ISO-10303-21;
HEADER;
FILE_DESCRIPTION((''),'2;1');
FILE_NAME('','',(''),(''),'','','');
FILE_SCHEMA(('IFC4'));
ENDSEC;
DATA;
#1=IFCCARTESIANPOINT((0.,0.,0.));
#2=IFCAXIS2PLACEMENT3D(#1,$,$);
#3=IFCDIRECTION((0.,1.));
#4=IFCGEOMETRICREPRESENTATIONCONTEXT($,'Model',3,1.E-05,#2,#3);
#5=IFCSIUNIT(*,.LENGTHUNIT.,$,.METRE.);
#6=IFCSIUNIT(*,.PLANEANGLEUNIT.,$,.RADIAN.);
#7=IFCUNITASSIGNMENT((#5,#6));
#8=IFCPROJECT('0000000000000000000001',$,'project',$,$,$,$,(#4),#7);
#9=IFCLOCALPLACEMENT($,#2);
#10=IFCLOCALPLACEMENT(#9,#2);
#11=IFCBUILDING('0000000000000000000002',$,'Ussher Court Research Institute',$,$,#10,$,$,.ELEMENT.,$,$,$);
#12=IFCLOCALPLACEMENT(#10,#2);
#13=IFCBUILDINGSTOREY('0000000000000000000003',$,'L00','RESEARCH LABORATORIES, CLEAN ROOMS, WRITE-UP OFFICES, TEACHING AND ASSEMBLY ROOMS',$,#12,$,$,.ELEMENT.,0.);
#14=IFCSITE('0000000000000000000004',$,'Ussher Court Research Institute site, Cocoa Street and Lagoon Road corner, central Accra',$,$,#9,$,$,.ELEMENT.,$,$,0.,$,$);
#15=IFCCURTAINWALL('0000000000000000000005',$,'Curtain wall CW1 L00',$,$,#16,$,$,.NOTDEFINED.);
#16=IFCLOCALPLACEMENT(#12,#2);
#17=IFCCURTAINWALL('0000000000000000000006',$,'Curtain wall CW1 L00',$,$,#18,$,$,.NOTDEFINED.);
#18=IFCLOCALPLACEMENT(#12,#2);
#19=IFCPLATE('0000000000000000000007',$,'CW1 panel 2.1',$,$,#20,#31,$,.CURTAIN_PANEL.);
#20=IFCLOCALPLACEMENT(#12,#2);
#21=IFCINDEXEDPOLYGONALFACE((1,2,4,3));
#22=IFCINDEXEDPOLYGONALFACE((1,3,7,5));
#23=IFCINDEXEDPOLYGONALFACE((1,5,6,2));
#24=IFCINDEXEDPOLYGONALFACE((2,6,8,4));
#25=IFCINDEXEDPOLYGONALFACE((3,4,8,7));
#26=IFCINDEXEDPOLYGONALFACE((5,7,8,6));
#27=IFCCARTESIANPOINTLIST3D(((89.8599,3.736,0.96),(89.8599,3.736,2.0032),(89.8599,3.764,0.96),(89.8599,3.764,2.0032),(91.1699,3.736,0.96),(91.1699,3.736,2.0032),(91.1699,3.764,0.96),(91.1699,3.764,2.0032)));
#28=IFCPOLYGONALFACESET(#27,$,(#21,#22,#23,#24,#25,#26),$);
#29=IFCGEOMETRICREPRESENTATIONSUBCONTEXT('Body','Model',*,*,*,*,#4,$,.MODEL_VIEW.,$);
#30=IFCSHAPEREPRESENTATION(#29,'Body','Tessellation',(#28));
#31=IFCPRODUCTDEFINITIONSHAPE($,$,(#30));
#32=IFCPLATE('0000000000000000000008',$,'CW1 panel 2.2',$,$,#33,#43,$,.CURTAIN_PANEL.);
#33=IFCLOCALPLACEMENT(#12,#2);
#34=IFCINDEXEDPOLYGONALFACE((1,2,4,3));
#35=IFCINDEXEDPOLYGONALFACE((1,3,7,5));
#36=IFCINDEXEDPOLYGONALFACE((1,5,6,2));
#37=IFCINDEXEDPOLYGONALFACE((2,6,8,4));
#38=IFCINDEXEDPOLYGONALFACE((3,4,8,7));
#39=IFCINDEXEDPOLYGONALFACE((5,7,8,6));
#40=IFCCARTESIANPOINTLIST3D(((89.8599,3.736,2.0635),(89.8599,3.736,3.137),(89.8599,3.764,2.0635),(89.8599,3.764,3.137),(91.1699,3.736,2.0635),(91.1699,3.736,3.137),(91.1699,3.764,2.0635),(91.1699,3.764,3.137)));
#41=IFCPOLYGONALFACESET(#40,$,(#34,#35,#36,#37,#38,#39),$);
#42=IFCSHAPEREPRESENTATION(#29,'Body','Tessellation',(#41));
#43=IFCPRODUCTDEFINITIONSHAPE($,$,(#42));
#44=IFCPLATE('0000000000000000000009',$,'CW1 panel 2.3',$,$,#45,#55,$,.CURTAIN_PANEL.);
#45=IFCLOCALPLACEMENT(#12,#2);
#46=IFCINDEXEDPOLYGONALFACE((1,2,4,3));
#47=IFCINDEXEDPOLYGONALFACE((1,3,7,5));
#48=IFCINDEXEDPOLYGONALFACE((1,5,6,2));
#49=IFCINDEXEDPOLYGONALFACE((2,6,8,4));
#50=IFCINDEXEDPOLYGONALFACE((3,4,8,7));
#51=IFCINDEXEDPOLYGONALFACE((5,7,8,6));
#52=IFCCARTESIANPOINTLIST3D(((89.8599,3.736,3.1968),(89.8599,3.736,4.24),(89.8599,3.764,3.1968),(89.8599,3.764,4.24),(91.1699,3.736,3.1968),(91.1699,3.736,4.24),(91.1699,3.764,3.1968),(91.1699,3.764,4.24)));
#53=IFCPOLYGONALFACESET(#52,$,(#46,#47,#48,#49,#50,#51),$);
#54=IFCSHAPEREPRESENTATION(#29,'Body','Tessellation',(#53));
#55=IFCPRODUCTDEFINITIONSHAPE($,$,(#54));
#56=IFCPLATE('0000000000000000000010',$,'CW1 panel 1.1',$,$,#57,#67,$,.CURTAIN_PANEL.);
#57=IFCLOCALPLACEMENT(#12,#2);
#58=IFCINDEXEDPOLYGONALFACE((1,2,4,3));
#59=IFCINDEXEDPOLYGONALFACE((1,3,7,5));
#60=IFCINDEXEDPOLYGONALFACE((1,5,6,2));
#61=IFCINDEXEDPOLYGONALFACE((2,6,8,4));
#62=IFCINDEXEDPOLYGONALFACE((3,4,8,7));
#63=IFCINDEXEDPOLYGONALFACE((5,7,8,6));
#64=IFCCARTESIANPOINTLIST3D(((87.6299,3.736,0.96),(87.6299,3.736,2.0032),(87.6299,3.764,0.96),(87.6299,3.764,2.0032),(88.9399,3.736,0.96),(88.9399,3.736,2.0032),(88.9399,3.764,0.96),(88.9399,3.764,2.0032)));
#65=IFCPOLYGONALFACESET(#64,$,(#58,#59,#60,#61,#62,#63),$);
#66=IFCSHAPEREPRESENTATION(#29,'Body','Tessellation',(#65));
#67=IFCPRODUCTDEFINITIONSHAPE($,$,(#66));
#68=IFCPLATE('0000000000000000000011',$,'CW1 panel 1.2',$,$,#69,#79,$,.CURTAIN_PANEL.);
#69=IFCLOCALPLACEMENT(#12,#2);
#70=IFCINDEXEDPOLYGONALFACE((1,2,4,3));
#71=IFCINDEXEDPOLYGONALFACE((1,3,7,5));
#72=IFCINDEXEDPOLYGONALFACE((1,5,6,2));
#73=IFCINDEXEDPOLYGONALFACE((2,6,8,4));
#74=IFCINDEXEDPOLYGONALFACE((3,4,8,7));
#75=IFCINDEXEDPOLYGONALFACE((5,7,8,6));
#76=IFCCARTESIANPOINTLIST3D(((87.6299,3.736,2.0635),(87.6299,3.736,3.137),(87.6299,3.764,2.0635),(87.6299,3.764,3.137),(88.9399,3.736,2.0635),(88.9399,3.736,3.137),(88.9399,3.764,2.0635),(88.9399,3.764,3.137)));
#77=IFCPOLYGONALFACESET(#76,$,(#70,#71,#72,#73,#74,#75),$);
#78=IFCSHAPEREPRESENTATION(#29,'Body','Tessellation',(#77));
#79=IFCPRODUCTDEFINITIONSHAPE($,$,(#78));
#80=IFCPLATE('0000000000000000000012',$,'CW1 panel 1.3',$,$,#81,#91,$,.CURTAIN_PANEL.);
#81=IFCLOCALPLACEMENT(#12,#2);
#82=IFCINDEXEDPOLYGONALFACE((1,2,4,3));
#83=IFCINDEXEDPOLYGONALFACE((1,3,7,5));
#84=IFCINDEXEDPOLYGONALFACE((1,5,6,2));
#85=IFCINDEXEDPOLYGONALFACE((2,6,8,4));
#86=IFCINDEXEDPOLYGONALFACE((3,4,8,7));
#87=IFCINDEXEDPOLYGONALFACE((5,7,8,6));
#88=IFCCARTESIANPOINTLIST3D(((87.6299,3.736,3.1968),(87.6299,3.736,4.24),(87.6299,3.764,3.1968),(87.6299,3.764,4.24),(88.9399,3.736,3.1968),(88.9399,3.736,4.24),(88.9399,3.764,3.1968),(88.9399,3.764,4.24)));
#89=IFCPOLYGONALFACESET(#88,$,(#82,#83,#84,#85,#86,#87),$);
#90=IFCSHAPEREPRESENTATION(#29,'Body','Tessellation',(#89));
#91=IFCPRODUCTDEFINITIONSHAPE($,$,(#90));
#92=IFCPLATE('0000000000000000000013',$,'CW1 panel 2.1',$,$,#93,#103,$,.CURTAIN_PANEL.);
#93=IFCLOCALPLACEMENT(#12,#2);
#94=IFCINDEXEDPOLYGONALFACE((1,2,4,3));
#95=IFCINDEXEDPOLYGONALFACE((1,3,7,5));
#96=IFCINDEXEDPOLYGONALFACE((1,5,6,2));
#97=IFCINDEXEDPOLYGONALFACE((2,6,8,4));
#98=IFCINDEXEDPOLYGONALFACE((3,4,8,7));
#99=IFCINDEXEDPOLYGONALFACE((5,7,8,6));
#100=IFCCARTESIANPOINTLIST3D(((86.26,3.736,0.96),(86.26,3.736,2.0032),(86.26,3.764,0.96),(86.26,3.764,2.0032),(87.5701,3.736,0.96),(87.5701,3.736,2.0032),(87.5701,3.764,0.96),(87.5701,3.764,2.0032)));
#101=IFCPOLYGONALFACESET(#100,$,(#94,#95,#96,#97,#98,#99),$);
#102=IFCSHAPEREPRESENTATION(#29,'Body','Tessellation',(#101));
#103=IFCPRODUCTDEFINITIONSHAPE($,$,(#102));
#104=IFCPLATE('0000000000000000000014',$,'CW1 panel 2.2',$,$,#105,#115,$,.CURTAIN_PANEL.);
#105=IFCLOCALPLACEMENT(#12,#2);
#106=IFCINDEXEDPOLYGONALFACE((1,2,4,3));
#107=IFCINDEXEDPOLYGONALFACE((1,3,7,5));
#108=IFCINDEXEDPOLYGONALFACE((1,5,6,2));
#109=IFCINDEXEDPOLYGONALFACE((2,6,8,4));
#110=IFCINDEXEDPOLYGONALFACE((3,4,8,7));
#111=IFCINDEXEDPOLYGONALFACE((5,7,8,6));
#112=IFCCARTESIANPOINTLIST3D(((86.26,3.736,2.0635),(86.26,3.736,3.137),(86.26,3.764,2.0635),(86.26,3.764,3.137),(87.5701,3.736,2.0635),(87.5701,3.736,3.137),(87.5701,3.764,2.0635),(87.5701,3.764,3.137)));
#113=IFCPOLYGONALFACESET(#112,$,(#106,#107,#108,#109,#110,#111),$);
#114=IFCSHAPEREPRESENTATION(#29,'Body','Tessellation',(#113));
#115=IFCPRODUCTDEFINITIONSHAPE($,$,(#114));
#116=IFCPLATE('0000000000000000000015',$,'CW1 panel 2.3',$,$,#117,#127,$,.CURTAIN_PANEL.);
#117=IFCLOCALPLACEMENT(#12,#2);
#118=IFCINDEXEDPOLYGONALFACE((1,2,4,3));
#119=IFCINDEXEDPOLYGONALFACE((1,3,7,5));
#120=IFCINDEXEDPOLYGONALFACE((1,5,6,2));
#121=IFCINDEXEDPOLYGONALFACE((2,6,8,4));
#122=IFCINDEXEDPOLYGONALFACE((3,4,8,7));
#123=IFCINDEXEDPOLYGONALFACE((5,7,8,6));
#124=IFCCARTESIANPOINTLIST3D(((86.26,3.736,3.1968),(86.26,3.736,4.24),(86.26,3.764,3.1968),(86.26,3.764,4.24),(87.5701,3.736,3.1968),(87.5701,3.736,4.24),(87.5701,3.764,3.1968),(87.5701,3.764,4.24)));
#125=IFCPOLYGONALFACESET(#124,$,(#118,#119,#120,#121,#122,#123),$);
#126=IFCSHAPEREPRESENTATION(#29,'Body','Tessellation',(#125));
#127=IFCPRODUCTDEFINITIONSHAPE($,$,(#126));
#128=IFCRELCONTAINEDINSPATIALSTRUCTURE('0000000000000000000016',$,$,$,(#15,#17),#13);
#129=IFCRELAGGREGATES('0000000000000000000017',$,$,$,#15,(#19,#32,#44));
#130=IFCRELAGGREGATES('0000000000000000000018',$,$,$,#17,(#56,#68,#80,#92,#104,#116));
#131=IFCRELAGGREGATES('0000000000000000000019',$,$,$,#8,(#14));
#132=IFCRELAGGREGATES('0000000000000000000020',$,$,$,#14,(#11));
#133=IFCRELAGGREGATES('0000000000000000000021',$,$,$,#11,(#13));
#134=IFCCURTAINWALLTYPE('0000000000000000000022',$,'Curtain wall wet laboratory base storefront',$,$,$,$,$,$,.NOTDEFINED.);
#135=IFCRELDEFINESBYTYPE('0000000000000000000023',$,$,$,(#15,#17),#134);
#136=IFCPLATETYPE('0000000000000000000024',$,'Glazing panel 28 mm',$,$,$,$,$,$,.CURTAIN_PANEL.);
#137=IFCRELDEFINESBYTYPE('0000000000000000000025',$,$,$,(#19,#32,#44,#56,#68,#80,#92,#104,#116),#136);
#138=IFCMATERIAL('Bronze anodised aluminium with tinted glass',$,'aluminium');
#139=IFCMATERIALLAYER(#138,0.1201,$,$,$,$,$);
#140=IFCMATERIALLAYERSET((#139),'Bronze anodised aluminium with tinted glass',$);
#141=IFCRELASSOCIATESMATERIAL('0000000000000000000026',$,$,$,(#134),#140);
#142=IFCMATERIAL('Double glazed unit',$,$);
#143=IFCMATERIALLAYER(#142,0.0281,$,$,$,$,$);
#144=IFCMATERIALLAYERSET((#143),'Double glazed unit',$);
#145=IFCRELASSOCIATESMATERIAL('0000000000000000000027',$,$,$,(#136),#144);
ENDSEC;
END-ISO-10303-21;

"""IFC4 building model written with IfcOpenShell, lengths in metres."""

from ifc_helpers import new_model, si_unit, direction, frame, origin, origin_2d, place, context, subcontext, project, spatial, rectangle, extrude, material, layer, layer_set, type_object, element, aggregate, save


model = new_model("IFC4")

# Units and contexts
model_context = context("Model", 3, precision=1e-05, world=origin(), true_north=direction((0.0, 1.0)))
body_context = subcontext(model_context, "Body", "Model", "MODEL_VIEW")
ifc_project = project(units=[si_unit("LENGTHUNIT", "METRE"), si_unit("PLANEANGLEUNIT", "RADIAN")], contexts=[model_context])

# Site, building, storey
site_placement = place(None, origin())
site = spatial("IfcSite", under=ifc_project, at=site_placement, Name="Ussher Court Research Institute site, Cocoa Street and Lagoon Road corner, central Accra", CompositionType="ELEMENT", RefElevation=0.0)
building_placement = place(site_placement, origin())
building = spatial("IfcBuilding", under=site, at=building_placement, Name="Ussher Court Research Institute", CompositionType="ELEMENT")
storey_placement = place(building_placement, origin())
storey = spatial("IfcBuildingStorey", under=building, at=storey_placement, Name="L00", Description="RESEARCH LABORATORIES, CLEAN ROOMS, WRITE-UP OFFICES, TEACHING AND ASSEMBLY ROOMS", CompositionType="ELEMENT", Elevation=0.0)

# Curtain wall
ifc_material_1 = material(Name="Bronze anodised aluminium with tinted glass", Category="aluminium")
ifc_layer_1 = layer(ifc_material_1, 0.1201)
ifc_layer_set_1 = layer_set([ifc_layer_1], Name="Bronze anodised aluminium with tinted glass")
curtain_wall_type = type_object("IfcCurtainWallType", Name="Curtain wall wet laboratory base storefront", PredefinedType="NOTDEFINED", material=ifc_layer_set_1)
curtain_wall_1_placement = place(storey_placement, origin())
curtain_wall_1 = element("IfcCurtainWall", 1, at=curtain_wall_1_placement, inside=storey, type_object=curtain_wall_type, Name="Curtain wall CW1 L00", PredefinedType="NOTDEFINED")

# Curtain wall
curtain_wall_2_placement = place(storey_placement, origin())
curtain_wall_2 = element("IfcCurtainWall", 2, at=curtain_wall_2_placement, inside=storey, type_object=curtain_wall_type, Name="Curtain wall CW1 L00", PredefinedType="NOTDEFINED")

# Plates
ifc_material_2 = material(Name="Double glazed unit")
ifc_layer_2 = layer(ifc_material_2, 0.0281)
ifc_layer_set_2 = layer_set([ifc_layer_2], Name="Double glazed unit")
plate_type = type_object("IfcPlateType", Name="Glazing panel 28 mm", PredefinedType="CURTAIN_PANEL", material=ifc_layer_set_2)
plate_1_placement = place(storey_placement, frame((90.5149, 3.75, 0.96), z_axis=(0.0, 0.0, 1.0), x_axis=(-1.0, 0.0, 0.0)))
plate_1 = element("IfcPlate", 3, at=plate_1_placement, type_object=plate_type, Name="CW1 panel 2.1", PredefinedType="CURTAIN_PANEL", context=body_context, shape_type="SweptSolid", body=[
    extrude(rectangle(XDim=1.3101, YDim=0.0281, at=origin_2d()), origin(), (0.0, 0.0, 1.0), 1.0432),
])
plate_2_placement = place(storey_placement, frame((90.5149, 3.75, 2.0635), z_axis=(0.0, 0.0, 1.0), x_axis=(-1.0, 0.0, 0.0)))
plate_2 = element("IfcPlate", 4, at=plate_2_placement, type_object=plate_type, Name="CW1 panel 2.2", PredefinedType="CURTAIN_PANEL", context=body_context, shape_type="SweptSolid", body=[
    extrude(rectangle(XDim=1.3101, YDim=0.0281, at=origin_2d()), origin(), (0.0, 0.0, 1.0), 1.0735),
])
plate_3_placement = place(storey_placement, frame((90.5149, 3.75, 3.1968), z_axis=(0.0, 0.0, 1.0), x_axis=(-1.0, 0.0, 0.0)))
plate_3 = element("IfcPlate", 5, at=plate_3_placement, type_object=plate_type, Name="CW1 panel 2.3", PredefinedType="CURTAIN_PANEL", context=body_context, shape_type="SweptSolid", body=[
    extrude(rectangle(XDim=1.3101, YDim=0.0281, at=origin_2d()), origin(), (0.0, 0.0, 1.0), 1.0432),
])
aggregate(curtain_wall_1, [plate_1, plate_2, plate_3])
plate_4_placement = place(storey_placement, frame((88.2849, 3.75, 0.96), z_axis=(0.0, 0.0, 1.0), x_axis=(-1.0, 0.0, 0.0)))
plate_4 = element("IfcPlate", 6, at=plate_4_placement, type_object=plate_type, Name="CW1 panel 1.1", PredefinedType="CURTAIN_PANEL", context=body_context, shape_type="SweptSolid", body=[
    extrude(rectangle(XDim=1.3101, YDim=0.0281, at=origin_2d()), origin(), (0.0, 0.0, 1.0), 1.0432),
])
plate_5_placement = place(storey_placement, frame((88.2849, 3.75, 2.0635), z_axis=(0.0, 0.0, 1.0), x_axis=(-1.0, 0.0, 0.0)))
plate_5 = element("IfcPlate", 7, at=plate_5_placement, type_object=plate_type, Name="CW1 panel 1.2", PredefinedType="CURTAIN_PANEL", context=body_context, shape_type="SweptSolid", body=[
    extrude(rectangle(XDim=1.3101, YDim=0.0281, at=origin_2d()), origin(), (0.0, 0.0, 1.0), 1.0735),
])
plate_6_placement = place(storey_placement, frame((88.2849, 3.75, 3.1968), z_axis=(0.0, 0.0, 1.0), x_axis=(-1.0, 0.0, 0.0)))
plate_6 = element("IfcPlate", 8, at=plate_6_placement, type_object=plate_type, Name="CW1 panel 1.3", PredefinedType="CURTAIN_PANEL", context=body_context, shape_type="SweptSolid", body=[
    extrude(rectangle(XDim=1.3101, YDim=0.0281, at=origin_2d()), origin(), (0.0, 0.0, 1.0), 1.0432),
])
plate_7_placement = place(storey_placement, frame((86.915, 3.75, 0.96), z_axis=(0.0, 0.0, 1.0), x_axis=(-1.0, 0.0, 0.0)))
plate_7 = element("IfcPlate", 9, at=plate_7_placement, type_object=plate_type, Name="CW1 panel 2.1", PredefinedType="CURTAIN_PANEL", context=body_context, shape_type="SweptSolid", body=[
    extrude(rectangle(XDim=1.3101, YDim=0.0281, at=origin_2d()), origin(), (0.0, 0.0, 1.0), 1.0432),
])
plate_8_placement = place(storey_placement, frame((86.915, 3.75, 2.0635), z_axis=(0.0, 0.0, 1.0), x_axis=(-1.0, 0.0, 0.0)))
plate_8 = element("IfcPlate", 10, at=plate_8_placement, type_object=plate_type, Name="CW1 panel 2.2", PredefinedType="CURTAIN_PANEL", context=body_context, shape_type="SweptSolid", body=[
    extrude(rectangle(XDim=1.3101, YDim=0.0281, at=origin_2d()), origin(), (0.0, 0.0, 1.0), 1.0735),
])
plate_9_placement = place(storey_placement, frame((86.915, 3.75, 3.1968), z_axis=(0.0, 0.0, 1.0), x_axis=(-1.0, 0.0, 0.0)))
plate_9 = element("IfcPlate", 11, at=plate_9_placement, type_object=plate_type, Name="CW1 panel 2.3", PredefinedType="CURTAIN_PANEL", context=body_context, shape_type="SweptSolid", body=[
    extrude(rectangle(XDim=1.3101, YDim=0.0281, at=origin_2d()), origin(), (0.0, 0.0, 1.0), 1.0432),
])
aggregate(curtain_wall_2, [plate_4, plate_5, plate_6, plate_7, plate_8, plate_9])

save(model, "model.ifc")
